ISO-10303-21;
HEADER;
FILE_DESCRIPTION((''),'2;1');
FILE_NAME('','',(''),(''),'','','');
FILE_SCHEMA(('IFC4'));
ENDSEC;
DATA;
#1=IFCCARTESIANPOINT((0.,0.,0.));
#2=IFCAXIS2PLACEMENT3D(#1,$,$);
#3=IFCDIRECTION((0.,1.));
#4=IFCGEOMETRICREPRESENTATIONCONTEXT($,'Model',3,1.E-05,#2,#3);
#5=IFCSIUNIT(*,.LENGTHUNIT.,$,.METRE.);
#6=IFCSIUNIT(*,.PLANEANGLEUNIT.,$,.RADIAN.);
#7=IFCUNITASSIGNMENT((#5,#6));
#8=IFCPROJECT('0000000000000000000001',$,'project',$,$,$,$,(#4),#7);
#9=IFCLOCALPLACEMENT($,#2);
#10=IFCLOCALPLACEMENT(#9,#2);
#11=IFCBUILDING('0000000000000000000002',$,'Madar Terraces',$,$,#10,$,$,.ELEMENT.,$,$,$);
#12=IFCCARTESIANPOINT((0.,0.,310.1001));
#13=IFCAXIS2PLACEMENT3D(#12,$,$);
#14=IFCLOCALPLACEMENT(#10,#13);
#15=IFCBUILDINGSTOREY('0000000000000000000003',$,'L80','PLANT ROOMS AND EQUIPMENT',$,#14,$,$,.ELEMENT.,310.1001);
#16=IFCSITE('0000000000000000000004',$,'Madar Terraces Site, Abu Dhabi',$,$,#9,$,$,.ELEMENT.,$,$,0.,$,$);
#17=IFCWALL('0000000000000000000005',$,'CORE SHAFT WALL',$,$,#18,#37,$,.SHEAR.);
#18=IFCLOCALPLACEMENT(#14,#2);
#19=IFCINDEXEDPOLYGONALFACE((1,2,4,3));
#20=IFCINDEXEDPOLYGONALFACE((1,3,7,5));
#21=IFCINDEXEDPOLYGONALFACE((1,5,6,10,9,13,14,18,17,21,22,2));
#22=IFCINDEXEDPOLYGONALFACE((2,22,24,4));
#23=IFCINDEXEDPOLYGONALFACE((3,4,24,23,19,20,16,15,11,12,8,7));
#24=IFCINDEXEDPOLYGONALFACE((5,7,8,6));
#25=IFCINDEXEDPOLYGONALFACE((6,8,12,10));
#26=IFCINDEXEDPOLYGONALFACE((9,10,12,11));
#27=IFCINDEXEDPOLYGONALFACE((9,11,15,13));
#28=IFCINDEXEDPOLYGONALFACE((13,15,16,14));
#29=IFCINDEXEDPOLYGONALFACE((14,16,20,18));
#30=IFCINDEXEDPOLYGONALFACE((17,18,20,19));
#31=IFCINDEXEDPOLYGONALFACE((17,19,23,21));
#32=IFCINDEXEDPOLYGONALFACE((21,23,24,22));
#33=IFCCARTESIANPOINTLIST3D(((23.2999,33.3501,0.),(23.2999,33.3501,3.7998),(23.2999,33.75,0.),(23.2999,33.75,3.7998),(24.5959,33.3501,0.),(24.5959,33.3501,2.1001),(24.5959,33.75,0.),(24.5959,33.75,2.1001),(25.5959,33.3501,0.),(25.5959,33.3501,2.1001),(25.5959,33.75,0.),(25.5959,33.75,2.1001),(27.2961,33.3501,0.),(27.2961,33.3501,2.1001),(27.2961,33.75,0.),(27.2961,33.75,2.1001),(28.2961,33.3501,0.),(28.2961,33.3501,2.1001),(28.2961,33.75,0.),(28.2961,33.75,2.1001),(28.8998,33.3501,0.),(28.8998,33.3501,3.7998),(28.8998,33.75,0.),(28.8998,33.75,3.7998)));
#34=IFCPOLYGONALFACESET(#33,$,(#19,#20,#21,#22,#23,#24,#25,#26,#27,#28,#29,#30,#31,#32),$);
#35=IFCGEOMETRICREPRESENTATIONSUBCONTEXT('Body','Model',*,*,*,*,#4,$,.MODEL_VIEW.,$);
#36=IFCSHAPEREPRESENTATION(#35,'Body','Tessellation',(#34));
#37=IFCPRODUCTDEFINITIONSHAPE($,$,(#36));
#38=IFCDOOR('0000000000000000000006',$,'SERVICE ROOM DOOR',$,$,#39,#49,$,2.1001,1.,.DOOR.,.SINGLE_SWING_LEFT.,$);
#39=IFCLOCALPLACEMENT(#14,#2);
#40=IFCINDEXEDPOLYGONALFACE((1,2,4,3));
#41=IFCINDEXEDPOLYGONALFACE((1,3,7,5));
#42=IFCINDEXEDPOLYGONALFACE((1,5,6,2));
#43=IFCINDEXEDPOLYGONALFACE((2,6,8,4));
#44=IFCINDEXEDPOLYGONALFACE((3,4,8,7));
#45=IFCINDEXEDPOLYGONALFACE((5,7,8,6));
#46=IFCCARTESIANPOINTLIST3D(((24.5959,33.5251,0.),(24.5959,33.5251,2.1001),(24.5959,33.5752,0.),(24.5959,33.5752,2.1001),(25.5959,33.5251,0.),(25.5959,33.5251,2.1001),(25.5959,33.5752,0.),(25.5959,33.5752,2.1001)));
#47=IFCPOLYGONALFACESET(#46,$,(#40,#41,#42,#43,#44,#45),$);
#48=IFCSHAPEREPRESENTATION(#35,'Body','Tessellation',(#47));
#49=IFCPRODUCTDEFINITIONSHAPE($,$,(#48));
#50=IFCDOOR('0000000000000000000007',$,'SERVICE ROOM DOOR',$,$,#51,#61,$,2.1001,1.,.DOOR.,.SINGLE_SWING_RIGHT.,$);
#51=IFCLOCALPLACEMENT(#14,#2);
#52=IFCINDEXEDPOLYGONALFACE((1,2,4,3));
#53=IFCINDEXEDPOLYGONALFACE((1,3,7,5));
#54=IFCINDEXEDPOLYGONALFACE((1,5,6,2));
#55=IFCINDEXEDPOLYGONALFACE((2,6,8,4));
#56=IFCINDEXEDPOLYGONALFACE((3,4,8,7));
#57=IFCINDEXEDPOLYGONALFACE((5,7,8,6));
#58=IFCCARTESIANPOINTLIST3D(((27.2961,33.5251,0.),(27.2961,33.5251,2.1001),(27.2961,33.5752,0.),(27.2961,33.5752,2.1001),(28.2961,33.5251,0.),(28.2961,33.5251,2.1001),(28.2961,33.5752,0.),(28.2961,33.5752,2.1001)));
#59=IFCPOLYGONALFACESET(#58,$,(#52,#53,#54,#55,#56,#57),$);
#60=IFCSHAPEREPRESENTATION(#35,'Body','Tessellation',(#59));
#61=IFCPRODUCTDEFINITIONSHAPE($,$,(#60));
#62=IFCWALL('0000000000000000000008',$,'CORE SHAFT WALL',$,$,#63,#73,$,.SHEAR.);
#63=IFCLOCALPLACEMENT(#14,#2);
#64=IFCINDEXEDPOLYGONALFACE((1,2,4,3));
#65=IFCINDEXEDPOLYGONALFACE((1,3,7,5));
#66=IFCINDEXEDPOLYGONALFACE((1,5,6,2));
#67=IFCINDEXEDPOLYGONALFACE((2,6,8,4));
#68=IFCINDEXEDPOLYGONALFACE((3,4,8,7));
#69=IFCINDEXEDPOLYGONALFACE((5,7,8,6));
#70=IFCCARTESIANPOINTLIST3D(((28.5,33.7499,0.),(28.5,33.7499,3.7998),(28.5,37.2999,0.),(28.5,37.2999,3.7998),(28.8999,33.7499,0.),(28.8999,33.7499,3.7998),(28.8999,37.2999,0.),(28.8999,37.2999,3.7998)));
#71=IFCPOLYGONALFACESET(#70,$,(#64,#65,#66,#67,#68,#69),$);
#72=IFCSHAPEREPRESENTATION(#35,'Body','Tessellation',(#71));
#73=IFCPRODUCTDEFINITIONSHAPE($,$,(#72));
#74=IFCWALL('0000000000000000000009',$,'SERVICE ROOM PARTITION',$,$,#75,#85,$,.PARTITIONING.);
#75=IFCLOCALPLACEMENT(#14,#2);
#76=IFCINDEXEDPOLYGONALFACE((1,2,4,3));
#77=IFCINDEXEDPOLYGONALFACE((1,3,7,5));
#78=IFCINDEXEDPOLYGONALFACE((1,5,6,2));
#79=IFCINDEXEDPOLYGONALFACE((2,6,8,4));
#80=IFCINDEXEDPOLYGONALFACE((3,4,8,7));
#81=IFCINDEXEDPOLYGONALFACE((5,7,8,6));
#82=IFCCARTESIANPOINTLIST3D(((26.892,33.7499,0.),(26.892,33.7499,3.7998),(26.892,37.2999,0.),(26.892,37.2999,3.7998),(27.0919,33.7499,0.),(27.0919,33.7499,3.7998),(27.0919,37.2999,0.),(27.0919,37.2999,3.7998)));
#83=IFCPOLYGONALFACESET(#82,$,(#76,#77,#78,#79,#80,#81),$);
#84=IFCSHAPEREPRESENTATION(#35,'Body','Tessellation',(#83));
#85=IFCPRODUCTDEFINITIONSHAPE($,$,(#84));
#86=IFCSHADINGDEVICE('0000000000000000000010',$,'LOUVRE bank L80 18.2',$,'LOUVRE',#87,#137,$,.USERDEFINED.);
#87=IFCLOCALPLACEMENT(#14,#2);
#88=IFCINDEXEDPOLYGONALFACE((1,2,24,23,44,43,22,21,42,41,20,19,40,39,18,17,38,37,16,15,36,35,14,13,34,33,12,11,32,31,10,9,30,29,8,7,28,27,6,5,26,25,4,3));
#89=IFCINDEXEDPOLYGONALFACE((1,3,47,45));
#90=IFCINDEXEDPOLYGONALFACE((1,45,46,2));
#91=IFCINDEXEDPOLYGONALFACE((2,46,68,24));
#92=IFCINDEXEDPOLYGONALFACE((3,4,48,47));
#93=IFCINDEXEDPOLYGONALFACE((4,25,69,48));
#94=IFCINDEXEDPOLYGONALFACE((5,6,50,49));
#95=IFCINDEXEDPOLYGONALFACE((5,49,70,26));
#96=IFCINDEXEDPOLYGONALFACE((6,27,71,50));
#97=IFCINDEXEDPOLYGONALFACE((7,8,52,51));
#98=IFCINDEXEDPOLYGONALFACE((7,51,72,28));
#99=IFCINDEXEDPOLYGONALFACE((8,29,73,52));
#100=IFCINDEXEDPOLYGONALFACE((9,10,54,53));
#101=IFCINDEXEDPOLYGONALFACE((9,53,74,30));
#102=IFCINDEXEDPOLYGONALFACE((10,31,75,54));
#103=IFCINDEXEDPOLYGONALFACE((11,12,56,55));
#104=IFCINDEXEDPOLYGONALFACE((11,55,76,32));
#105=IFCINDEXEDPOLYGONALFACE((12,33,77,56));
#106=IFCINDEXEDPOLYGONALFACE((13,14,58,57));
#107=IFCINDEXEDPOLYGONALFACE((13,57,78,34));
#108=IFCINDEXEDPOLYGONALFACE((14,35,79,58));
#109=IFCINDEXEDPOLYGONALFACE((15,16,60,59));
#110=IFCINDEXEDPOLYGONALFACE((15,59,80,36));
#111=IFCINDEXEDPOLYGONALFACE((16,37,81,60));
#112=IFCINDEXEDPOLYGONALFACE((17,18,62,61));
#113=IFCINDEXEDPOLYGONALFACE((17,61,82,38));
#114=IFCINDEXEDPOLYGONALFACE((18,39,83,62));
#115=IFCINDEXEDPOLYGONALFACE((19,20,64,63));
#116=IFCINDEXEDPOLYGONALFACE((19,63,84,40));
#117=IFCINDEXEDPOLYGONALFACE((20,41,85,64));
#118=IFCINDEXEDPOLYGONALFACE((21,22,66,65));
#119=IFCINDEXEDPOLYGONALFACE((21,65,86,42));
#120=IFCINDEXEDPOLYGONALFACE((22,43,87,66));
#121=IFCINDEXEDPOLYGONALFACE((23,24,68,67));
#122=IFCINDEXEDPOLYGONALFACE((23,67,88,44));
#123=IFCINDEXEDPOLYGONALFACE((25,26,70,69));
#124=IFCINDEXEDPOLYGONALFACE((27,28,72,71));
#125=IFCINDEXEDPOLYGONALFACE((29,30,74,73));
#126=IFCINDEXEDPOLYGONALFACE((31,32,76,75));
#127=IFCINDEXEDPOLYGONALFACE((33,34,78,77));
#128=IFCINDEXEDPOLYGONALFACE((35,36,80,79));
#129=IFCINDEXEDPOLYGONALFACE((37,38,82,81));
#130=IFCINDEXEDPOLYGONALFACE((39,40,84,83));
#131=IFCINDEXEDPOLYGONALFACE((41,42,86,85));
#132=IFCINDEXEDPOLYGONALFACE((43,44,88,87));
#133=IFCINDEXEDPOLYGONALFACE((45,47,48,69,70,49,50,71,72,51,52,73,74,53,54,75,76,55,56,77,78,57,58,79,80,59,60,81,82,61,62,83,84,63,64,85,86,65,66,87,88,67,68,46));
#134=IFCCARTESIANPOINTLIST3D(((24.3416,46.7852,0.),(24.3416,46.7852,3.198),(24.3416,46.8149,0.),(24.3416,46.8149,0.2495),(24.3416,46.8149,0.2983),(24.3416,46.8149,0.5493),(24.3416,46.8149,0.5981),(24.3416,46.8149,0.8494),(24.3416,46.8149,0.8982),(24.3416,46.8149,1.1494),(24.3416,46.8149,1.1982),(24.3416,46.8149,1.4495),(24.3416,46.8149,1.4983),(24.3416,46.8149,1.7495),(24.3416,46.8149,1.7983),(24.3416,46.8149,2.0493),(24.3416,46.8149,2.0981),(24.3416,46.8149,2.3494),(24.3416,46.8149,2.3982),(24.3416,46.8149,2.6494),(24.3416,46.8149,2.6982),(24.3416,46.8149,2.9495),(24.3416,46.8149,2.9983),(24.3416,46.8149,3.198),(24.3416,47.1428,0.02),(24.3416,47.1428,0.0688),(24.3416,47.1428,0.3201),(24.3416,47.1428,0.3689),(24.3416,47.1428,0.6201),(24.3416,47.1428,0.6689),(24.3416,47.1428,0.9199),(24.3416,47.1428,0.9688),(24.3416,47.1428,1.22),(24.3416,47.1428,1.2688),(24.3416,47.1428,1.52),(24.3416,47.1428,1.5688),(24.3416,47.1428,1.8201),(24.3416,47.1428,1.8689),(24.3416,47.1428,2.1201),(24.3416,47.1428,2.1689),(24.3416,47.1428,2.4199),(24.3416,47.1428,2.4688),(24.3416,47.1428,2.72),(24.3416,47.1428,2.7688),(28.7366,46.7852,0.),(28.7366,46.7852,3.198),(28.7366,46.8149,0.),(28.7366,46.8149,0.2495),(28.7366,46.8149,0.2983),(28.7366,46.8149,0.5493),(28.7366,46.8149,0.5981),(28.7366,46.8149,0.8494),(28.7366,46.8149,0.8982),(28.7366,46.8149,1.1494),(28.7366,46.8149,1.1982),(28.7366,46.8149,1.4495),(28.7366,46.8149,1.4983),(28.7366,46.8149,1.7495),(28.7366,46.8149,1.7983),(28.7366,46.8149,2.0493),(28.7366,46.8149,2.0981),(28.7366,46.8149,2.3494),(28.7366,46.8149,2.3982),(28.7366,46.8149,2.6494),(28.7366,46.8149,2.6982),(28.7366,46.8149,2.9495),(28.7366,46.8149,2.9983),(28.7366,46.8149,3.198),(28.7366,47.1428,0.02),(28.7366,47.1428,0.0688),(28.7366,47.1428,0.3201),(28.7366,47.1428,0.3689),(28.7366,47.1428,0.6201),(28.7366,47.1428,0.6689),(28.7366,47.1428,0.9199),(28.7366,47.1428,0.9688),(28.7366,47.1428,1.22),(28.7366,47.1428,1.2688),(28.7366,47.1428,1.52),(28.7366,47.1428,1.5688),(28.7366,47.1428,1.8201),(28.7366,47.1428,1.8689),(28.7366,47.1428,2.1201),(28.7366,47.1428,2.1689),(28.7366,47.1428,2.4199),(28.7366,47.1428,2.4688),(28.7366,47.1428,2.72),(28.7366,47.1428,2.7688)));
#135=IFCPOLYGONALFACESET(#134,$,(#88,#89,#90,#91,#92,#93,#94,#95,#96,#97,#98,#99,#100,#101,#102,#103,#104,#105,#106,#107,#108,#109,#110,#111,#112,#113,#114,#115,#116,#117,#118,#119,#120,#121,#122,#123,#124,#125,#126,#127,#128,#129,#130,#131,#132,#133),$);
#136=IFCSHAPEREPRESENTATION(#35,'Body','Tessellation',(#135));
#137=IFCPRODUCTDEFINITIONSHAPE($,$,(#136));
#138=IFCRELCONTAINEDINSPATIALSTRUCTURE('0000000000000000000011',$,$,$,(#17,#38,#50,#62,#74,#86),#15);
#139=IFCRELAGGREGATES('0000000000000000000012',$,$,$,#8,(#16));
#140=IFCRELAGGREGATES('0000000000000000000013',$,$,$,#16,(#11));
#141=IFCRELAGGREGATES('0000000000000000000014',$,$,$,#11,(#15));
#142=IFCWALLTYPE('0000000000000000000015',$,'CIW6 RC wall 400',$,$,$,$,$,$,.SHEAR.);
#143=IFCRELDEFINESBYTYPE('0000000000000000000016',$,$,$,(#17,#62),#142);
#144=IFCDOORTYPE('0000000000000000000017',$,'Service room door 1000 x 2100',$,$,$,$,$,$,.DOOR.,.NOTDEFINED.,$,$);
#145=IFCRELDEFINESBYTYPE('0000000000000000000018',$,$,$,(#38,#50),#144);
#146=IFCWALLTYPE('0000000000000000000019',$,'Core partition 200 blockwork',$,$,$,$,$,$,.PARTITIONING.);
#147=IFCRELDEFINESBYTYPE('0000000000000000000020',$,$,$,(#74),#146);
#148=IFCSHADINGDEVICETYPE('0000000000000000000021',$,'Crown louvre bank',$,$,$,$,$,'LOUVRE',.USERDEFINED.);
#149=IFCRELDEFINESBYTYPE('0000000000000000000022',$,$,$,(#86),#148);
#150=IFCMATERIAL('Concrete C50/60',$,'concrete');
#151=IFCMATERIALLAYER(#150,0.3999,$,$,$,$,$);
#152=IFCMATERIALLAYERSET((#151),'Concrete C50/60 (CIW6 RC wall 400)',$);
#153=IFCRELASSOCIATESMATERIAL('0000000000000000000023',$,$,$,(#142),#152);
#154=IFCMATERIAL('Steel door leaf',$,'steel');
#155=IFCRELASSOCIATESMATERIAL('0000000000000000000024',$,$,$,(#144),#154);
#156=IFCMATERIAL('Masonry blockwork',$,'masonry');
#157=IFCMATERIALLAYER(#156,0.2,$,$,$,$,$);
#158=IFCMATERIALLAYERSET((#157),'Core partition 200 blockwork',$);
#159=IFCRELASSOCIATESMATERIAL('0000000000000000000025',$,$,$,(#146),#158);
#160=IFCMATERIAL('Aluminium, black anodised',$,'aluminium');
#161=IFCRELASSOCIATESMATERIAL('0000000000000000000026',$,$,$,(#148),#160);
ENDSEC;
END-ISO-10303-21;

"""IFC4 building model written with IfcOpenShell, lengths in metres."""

from ifc_helpers import new_model, si_unit, direction, frame, frame_2d, origin, place, context, subcontext, project, spatial, polyline, rectangle, outline, extrude, material, layer, layer_set, type_object, element, fill, save


model = new_model("IFC4")

# Units and contexts
model_context = context("Model", 3, precision=1e-05, world=origin(), true_north=direction((0.0, 1.0)))
body_context = subcontext(model_context, "Body", "Model", "MODEL_VIEW")
ifc_project = project(units=[si_unit("LENGTHUNIT", "METRE"), si_unit("PLANEANGLEUNIT", "RADIAN")], contexts=[model_context])

# Site, building, storey
site_placement = place(None, origin())
site = spatial("IfcSite", under=ifc_project, at=site_placement, Name="Madar Terraces Site, Abu Dhabi", CompositionType="ELEMENT", RefElevation=0.0)
building_placement = place(site_placement, origin())
building = spatial("IfcBuilding", under=site, at=building_placement, Name="Madar Terraces", CompositionType="ELEMENT")
storey_placement = place(building_placement, frame((0.0, 0.0, 310.1001)))
storey = spatial("IfcBuildingStorey", under=building, at=storey_placement, Name="L80", Description="PLANT ROOMS AND EQUIPMENT", CompositionType="ELEMENT", Elevation=310.1001)

# Wall, openings, doors
ifc_material_1 = material(Name="Concrete C50/60", Category="concrete")
ifc_layer_1 = layer(ifc_material_1, 0.3999)
ifc_layer_set_1 = layer_set([ifc_layer_1], Name="Concrete C50/60 (CIW6 RC wall 400)")
wall_type_1 = type_object("IfcWallType", Name="CIW6 RC wall 400", PredefinedType="SHEAR", material=ifc_layer_set_1)
wall_1_placement = place(storey_placement, frame((23.3, 33.55, 0.0), z_axis=(0.0, 0.0, 1.0), x_axis=(1.0, 0.0, 0.0)))
wall_1 = element("IfcWall", 1, at=wall_1_placement, inside=storey, type_object=wall_type_1, Name="CORE SHAFT WALL", PredefinedType="SHEAR", context=body_context, shape_type="SweptSolid", body=[
    extrude(rectangle(XDim=5.5999, YDim=0.3999, at=frame_2d((2.7998, 0.0))), origin(), (0.0, 0.0, 1.0), 3.7998),
])
opening_1_placement = place(wall_1_placement, frame((1.2959, 0.0, 0.0)))
opening_1 = element("IfcOpeningElement", 2, at=opening_1_placement, cuts=wall_1, PredefinedType="OPENING", context=body_context, shape_type="SweptSolid", body=[
    extrude(rectangle(XDim=1.0, YDim=2.1001, at=frame_2d((0.5, 1.05))), frame((0.0, 0.21, 0.0), z_axis=(0.0, -1.0, 0.0), x_axis=(1.0, 0.0, 0.0)), (0.0, 0.0, 1.0), 0.4199),
])
opening_2_placement = place(wall_1_placement, frame((3.9961, 0.0, 0.0)))
opening_2 = element("IfcOpeningElement", 3, at=opening_2_placement, cuts=wall_1, PredefinedType="OPENING", context=body_context, shape_type="SweptSolid", body=[
    extrude(rectangle(XDim=1.0, YDim=2.1001, at=frame_2d((0.5, 1.05))), frame((0.0, 0.21, 0.0), z_axis=(0.0, -1.0, 0.0), x_axis=(1.0, 0.0, 0.0)), (0.0, 0.0, 1.0), 0.4199),
])
ifc_material_2 = material(Name="Steel door leaf", Category="steel")
door_type = type_object("IfcDoorType", Name="Service room door 1000 x 2100", OperationType="NOTDEFINED", PredefinedType="DOOR", material=ifc_material_2)
door_1_placement = place(opening_1_placement, frame((1.0, 0.0, 0.0), z_axis=(0.0, 0.0, 1.0), x_axis=(-1.0, 0.0, 0.0)))
door_1 = element("IfcDoor", 4, at=door_1_placement, inside=storey, type_object=door_type, Name="SERVICE ROOM DOOR", OperationType="SINGLE_SWING_LEFT", OverallHeight=2.1001, OverallWidth=1.0, PredefinedType="DOOR", context=body_context, shape_type="SweptSolid", body=[
    extrude(rectangle(XDim=1.0, YDim=2.1001, at=frame_2d((0.5, 1.05))), frame((0.0, 0.0249, 0.0), z_axis=(0.0, -1.0, 0.0), x_axis=(1.0, 0.0, 0.0)), (0.0, 0.0, 1.0), 0.05),
])
fill(opening_1, door_1)
door_2_placement = place(opening_2_placement, frame((1.0, 0.0, 0.0), z_axis=(0.0, 0.0, 1.0), x_axis=(-1.0, 0.0, 0.0)))
door_2 = element("IfcDoor", 5, at=door_2_placement, inside=storey, type_object=door_type, Name="SERVICE ROOM DOOR", OperationType="SINGLE_SWING_RIGHT", OverallHeight=2.1001, OverallWidth=1.0, PredefinedType="DOOR", context=body_context, shape_type="SweptSolid", body=[
    extrude(rectangle(XDim=1.0, YDim=2.1001, at=frame_2d((0.5, 1.05))), frame((0.0, 0.0249, 0.0), z_axis=(0.0, -1.0, 0.0), x_axis=(1.0, 0.0, 0.0)), (0.0, 0.0, 1.0), 0.05),
])
fill(opening_2, door_2)

# Walls
wall_2_placement = place(storey_placement, frame((28.7, 33.75, 0.0), z_axis=(0.0, 0.0, 1.0), x_axis=(0.0, 1.0, 0.0)))
element("IfcWall", 6, at=wall_2_placement, inside=storey, type_object=wall_type_1, Name="CORE SHAFT WALL", PredefinedType="SHEAR", context=body_context, shape_type="SweptSolid", body=[
    extrude(rectangle(XDim=3.55, YDim=0.3999, at=frame_2d((1.7749, 0.0))), origin(), (0.0, 0.0, 1.0), 3.7998),
])
ifc_material_3 = material(Name="Masonry blockwork", Category="masonry")
ifc_layer_2 = layer(ifc_material_3, 0.2)
ifc_layer_set_2 = layer_set([ifc_layer_2], Name="Core partition 200 blockwork")
wall_type_2 = type_object("IfcWallType", Name="Core partition 200 blockwork", PredefinedType="PARTITIONING", material=ifc_layer_set_2)
wall_3_placement = place(storey_placement, frame((26.9919, 33.75, 0.0), z_axis=(0.0, 0.0, 1.0), x_axis=(0.0, 1.0, 0.0)))
element("IfcWall", 7, at=wall_3_placement, inside=storey, type_object=wall_type_2, Name="SERVICE ROOM PARTITION", PredefinedType="PARTITIONING", context=body_context, shape_type="SweptSolid", body=[
    extrude(rectangle(XDim=3.55, YDim=0.2, at=frame_2d((1.7749, 0.0))), origin(), (0.0, 0.0, 1.0), 3.7998),
])

# Shading device
ifc_material_4 = material(Name="Aluminium, black anodised", Category="aluminium")
shading_device_type = type_object("IfcShadingDeviceType", Name="Crown louvre bank", ElementType="LOUVRE", PredefinedType="USERDEFINED", material=ifc_material_4)
shading_device_1_placement = place(storey_placement, frame((28.7366, 46.8, 0.0), z_axis=(-1.0, 0.0, 0.0), x_axis=(0.0, -1.0, 0.0)))
element("IfcShadingDevice", 8, at=shading_device_1_placement, inside=storey, type_object=shading_device_type, Name="LOUVRE bank L80 18.2", ObjectType="LOUVRE", PredefinedType="USERDEFINED", context=body_context, shape_type="SweptSolid", body=[
    extrude(outline(polyline([(0.0149, 0.0), (-0.0149, 0.0), (-0.0149, 0.2495), (-0.3428, 0.02), (-0.3428, 0.0688), (-0.0149, 0.2983), (-0.0149, 0.5493), (-0.3428, 0.3201), (-0.3428, 0.3689), (-0.0149, 0.5981), (-0.0149, 0.8494), (-0.3428, 0.6201), (-0.3428, 0.6689), (-0.0149, 0.8982), (-0.0149, 1.1494), (-0.3428, 0.9199), (-0.3428, 0.9688), (-0.0149, 1.1982), (-0.0149, 1.4495), (-0.3428, 1.22), (-0.3428, 1.2688), (-0.0149, 1.4983), (-0.0149, 1.7495), (-0.3428, 1.52), (-0.3428, 1.5688), (-0.0149, 1.7983), (-0.0149, 2.0493), (-0.3428, 1.8201), (-0.3428, 1.8689), (-0.0149, 2.0981), (-0.0149, 2.3494), (-0.3428, 2.1201), (-0.3428, 2.1689), (-0.0149, 2.3982), (-0.0149, 2.6494), (-0.3428, 2.4199), (-0.3428, 2.4688), (-0.0149, 2.6982), (-0.0149, 2.9495), (-0.3428, 2.72), (-0.3428, 2.7688), (-0.0149, 2.9983), (-0.0149, 3.198), (0.0149, 3.198), (0.0149, 0.0)])), origin(), (0.0, 0.0, 1.0), 4.395),
])

save(model, "model.ifc")
